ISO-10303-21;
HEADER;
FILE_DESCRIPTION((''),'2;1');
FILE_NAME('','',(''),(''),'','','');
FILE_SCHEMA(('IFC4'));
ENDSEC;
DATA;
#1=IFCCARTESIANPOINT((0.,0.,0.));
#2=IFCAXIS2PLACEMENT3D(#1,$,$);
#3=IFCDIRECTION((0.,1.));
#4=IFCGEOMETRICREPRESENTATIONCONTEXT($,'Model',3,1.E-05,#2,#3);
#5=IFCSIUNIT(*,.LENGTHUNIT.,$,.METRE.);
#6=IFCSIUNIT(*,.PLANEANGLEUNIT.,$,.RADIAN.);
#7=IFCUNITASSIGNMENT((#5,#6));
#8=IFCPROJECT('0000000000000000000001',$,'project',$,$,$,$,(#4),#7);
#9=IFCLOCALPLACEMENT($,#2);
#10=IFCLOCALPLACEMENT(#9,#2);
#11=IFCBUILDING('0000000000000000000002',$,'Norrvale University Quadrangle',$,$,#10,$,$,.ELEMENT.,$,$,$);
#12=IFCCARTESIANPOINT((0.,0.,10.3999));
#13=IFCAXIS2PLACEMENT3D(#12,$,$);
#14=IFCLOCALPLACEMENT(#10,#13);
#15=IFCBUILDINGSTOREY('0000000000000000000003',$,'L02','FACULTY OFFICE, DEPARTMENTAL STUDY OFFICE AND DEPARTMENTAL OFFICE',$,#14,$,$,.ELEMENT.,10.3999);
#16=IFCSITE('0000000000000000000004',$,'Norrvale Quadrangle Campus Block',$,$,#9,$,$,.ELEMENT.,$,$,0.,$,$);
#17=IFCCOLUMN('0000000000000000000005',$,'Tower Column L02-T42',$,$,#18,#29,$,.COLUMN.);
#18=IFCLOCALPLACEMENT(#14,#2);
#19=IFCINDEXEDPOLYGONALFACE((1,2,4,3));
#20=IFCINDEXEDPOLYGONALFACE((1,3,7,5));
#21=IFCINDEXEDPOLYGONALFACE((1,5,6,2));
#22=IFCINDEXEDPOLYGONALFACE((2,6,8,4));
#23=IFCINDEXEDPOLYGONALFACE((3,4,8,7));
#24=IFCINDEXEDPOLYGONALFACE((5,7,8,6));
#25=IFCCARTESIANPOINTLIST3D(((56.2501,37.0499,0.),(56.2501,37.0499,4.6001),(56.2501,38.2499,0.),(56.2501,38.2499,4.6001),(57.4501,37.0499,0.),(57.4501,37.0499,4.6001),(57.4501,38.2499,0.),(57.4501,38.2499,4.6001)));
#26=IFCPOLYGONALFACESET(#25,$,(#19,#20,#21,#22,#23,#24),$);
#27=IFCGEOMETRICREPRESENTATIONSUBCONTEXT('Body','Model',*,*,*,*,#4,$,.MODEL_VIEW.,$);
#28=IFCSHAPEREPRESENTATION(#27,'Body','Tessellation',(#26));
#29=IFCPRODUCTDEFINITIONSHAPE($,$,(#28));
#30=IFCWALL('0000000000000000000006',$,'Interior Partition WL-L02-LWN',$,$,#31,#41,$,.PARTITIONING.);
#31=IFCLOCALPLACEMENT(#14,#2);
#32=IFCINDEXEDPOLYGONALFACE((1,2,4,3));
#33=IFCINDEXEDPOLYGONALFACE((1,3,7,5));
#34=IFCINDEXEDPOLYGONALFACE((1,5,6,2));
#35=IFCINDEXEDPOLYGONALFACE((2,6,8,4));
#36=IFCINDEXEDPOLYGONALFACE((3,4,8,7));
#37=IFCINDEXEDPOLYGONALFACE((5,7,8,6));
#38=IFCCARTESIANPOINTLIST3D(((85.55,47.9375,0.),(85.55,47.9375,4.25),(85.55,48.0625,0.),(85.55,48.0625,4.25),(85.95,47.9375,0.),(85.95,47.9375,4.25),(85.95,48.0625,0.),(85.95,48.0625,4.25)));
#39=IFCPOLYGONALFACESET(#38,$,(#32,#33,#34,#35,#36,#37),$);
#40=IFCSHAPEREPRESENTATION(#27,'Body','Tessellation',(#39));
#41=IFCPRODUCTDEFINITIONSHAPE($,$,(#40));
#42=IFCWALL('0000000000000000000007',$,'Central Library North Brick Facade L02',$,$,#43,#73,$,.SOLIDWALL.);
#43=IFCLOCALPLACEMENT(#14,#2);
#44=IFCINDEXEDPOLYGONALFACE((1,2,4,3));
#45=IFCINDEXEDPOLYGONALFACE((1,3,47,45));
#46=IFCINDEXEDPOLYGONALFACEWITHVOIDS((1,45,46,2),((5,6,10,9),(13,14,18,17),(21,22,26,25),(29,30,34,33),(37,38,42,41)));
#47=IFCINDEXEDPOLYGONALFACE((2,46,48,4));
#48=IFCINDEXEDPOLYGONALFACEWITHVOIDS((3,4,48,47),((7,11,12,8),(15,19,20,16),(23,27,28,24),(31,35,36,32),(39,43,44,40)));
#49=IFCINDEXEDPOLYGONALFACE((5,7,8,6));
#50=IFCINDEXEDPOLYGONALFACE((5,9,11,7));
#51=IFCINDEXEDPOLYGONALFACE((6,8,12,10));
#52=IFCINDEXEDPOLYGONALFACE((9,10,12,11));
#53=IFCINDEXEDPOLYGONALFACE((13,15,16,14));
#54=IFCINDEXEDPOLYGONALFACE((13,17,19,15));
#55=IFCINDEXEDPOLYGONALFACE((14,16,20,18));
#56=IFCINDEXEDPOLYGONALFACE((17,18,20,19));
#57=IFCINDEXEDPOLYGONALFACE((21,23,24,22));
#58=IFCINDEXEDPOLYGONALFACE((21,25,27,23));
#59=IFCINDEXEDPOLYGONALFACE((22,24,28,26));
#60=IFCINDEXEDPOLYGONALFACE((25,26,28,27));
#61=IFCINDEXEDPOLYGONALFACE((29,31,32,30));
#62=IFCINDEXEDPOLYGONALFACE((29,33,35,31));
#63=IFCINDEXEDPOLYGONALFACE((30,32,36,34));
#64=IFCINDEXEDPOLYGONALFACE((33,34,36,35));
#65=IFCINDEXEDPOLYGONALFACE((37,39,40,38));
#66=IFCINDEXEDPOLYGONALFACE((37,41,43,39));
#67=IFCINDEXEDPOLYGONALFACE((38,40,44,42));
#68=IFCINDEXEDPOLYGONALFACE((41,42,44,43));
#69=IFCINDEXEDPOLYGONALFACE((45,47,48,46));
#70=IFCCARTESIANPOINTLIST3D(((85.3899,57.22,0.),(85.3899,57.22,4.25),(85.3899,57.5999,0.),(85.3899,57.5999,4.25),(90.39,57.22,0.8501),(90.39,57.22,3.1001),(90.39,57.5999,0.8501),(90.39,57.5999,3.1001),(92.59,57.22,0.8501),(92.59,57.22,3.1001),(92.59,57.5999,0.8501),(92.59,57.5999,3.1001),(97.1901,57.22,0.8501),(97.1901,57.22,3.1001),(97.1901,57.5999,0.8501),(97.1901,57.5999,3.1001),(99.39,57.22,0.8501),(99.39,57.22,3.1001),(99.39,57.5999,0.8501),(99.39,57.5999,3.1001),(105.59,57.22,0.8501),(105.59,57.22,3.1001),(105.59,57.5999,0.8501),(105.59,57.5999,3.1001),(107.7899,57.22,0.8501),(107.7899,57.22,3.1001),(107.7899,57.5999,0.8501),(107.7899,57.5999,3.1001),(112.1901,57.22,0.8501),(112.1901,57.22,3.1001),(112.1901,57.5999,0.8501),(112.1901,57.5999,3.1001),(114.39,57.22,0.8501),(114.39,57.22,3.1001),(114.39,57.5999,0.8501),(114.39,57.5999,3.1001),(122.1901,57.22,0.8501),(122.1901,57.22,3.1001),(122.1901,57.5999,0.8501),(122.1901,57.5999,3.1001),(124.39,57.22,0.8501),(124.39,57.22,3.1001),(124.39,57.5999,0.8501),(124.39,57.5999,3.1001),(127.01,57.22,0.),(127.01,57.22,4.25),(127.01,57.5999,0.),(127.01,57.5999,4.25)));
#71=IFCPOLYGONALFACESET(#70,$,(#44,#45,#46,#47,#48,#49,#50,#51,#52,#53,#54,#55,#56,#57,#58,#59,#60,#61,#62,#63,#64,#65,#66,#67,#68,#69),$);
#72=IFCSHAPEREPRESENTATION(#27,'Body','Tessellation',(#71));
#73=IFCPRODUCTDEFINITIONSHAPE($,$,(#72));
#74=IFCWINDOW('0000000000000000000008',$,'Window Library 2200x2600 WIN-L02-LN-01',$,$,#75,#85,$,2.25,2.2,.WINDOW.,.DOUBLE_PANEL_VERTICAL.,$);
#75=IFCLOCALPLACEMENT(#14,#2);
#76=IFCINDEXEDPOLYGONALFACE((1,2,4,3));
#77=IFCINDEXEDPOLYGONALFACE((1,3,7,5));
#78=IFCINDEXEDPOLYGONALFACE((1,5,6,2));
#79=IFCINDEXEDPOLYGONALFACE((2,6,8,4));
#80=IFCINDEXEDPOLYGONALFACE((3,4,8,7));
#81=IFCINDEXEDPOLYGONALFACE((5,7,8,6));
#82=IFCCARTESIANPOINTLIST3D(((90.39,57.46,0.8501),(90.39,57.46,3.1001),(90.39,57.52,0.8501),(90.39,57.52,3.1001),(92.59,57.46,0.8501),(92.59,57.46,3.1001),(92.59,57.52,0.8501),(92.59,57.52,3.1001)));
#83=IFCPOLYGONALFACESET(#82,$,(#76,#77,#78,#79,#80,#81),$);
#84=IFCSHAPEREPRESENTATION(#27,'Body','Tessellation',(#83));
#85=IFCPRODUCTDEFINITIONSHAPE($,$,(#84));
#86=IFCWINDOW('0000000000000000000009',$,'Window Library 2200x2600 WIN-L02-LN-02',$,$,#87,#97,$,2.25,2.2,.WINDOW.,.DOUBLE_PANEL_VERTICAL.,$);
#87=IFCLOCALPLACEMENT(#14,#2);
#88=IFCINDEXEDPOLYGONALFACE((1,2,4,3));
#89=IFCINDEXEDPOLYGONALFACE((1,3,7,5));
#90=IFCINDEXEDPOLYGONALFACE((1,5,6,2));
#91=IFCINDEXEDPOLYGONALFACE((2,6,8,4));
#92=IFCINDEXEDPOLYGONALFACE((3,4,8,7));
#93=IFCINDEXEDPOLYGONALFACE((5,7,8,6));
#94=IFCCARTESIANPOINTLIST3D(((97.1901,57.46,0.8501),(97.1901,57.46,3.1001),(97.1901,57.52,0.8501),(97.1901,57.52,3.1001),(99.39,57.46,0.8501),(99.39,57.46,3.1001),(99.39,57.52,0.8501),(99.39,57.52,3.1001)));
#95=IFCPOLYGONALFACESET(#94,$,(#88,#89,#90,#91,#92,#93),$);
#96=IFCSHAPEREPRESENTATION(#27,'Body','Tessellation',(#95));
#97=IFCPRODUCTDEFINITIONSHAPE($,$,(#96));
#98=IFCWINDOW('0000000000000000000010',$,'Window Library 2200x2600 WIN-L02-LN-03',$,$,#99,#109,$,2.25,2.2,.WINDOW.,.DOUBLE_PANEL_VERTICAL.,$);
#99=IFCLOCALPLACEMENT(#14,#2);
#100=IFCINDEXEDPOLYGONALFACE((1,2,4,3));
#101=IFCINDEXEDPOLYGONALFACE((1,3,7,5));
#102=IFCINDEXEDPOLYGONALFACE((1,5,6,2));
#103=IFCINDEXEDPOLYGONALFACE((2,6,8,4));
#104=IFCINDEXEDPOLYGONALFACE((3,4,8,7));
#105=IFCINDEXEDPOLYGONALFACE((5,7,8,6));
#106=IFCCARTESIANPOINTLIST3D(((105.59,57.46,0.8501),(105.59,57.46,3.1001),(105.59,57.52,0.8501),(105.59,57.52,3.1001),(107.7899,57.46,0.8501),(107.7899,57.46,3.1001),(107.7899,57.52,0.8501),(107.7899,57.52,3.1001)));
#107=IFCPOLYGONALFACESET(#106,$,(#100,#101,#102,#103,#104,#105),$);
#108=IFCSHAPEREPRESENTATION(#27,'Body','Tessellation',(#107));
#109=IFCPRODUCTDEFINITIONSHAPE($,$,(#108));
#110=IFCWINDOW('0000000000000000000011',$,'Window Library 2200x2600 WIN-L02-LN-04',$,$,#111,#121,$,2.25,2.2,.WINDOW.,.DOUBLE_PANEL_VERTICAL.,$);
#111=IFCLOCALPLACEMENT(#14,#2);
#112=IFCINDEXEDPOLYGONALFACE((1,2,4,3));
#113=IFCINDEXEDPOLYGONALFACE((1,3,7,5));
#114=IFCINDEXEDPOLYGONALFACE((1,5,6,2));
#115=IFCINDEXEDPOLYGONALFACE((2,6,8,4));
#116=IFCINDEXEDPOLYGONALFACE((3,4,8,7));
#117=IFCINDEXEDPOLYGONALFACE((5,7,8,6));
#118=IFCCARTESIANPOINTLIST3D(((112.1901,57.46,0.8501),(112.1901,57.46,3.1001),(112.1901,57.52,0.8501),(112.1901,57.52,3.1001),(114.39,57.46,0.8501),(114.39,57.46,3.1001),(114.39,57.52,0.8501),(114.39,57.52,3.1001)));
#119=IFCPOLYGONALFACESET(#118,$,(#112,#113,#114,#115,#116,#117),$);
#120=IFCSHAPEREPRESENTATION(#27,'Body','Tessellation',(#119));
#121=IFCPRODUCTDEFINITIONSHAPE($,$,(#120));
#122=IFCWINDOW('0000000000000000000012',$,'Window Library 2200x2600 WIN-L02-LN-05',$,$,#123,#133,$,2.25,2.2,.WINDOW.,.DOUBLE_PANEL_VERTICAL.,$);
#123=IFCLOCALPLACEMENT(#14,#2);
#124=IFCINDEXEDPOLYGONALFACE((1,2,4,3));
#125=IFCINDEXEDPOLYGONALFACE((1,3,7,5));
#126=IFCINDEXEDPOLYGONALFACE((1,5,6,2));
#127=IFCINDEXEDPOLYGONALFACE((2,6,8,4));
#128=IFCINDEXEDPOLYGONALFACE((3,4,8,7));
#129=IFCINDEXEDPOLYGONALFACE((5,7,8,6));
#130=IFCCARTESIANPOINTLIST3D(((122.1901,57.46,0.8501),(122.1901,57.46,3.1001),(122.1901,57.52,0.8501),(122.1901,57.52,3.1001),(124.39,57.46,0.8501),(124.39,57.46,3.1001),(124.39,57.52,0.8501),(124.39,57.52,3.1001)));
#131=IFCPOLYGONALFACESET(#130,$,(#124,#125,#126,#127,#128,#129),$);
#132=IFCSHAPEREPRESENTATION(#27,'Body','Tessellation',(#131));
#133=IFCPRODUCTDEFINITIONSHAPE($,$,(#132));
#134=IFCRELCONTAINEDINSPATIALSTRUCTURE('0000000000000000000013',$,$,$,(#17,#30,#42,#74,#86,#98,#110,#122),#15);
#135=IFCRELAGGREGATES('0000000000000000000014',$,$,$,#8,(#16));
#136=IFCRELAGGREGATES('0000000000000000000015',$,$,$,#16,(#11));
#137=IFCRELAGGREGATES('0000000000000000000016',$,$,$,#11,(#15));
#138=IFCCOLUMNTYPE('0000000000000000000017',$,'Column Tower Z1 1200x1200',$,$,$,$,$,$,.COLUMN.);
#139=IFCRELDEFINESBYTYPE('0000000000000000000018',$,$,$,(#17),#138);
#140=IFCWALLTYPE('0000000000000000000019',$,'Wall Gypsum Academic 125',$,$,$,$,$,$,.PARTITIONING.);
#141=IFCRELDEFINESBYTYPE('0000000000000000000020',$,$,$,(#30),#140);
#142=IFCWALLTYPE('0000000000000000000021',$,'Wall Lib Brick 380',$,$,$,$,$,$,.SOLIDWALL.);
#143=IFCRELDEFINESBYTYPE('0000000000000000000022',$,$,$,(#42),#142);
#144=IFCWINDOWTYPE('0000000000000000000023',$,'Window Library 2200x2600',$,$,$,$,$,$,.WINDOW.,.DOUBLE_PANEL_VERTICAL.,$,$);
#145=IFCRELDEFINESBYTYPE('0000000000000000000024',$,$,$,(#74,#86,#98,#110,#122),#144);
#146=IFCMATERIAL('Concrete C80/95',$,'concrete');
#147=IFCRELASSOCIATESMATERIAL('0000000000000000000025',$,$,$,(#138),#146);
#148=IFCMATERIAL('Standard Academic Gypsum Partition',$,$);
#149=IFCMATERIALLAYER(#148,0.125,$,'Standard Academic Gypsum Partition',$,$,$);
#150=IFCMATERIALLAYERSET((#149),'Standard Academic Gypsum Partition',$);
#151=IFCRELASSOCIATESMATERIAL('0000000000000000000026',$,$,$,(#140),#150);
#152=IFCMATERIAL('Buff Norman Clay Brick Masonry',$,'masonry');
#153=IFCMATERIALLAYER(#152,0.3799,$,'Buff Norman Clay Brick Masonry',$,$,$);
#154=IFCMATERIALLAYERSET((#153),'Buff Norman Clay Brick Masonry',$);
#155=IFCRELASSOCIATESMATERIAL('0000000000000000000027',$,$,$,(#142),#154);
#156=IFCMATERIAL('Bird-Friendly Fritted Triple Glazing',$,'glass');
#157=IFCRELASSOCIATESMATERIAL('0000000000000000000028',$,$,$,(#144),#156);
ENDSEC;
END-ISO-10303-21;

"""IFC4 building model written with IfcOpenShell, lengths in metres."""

from ifc_helpers import new_model, si_unit, direction, frame, frame_2d, origin, origin_2d, place, context, subcontext, project, spatial, rectangle, extrude, material, layer, layer_set, material_profile, profile_set, type_object, element, fill, save


model = new_model("IFC4")

# Units and contexts
model_context = context("Model", 3, precision=1e-05, world=origin(), true_north=direction((0.0, 1.0)))
body_context = subcontext(model_context, "Body", "Model", "MODEL_VIEW")
ifc_project = project(units=[si_unit("LENGTHUNIT", "METRE"), si_unit("PLANEANGLEUNIT", "RADIAN")], contexts=[model_context])

# Site, building, storey
site_placement = place(None, origin())
site = spatial("IfcSite", under=ifc_project, at=site_placement, Name="Norrvale Quadrangle Campus Block", CompositionType="ELEMENT", RefElevation=0.0)
building_placement = place(site_placement, origin())
building = spatial("IfcBuilding", under=site, at=building_placement, Name="Norrvale University Quadrangle", CompositionType="ELEMENT")
storey_placement = place(building_placement, frame((0.0, 0.0, 10.3999)))
storey = spatial("IfcBuildingStorey", under=building, at=storey_placement, Name="L02", Description="FACULTY OFFICE, DEPARTMENTAL STUDY OFFICE AND DEPARTMENTAL OFFICE", CompositionType="ELEMENT", Elevation=10.3999)

# Column
ifc_material_1 = material(Name="Concrete C80/95", Category="concrete")
ifc_material_profile_1 = material_profile(ifc_material_1, rectangle(XDim=1.2, YDim=1.2, at=origin_2d()), Name="Concrete C80/95")
ifc_profile_set_1 = profile_set([ifc_material_profile_1], Name="Concrete C80/95")
column_type = type_object("IfcColumnType", Name="Column Tower Z1 1200x1200", PredefinedType="COLUMN", material=ifc_profile_set_1)
column_placement = place(storey_placement, frame((56.8501, 37.6499, 0.0), z_axis=(0.0, 0.0, 1.0), x_axis=(1.0, 0.0, 0.0)))
element("IfcColumn", 1, at=column_placement, inside=storey, type_object=column_type, Name="Tower Column L02-T42", PredefinedType="COLUMN", context=body_context, shape_type="SweptSolid", body=[
    extrude(rectangle(XDim=1.2, YDim=1.2, at=origin_2d()), origin(), (0.0, 0.0, 1.0), 4.6001),
])

# Shared definitions
ifc_material_2 = material(Name="Bird-Friendly Fritted Triple Glazing", Category="glass")

# Wall
ifc_material_3 = material(Name="Standard Academic Gypsum Partition")
ifc_layer_1 = layer(ifc_material_3, 0.125, Name="Standard Academic Gypsum Partition")
ifc_layer_set_1 = layer_set([ifc_layer_1], Name="Standard Academic Gypsum Partition")
wall_type_1 = type_object("IfcWallType", Name="Wall Gypsum Academic 125", PredefinedType="PARTITIONING", material=ifc_layer_set_1)
wall_1_placement = place(storey_placement, frame((85.55, 48.0, 0.0), z_axis=(0.0, 0.0, 1.0), x_axis=(1.0, 0.0, 0.0)))
element("IfcWall", 2, at=wall_1_placement, inside=storey, type_object=wall_type_1, Name="Interior Partition WL-L02-LWN", PredefinedType="PARTITIONING", context=body_context, shape_type="SweptSolid", body=[
    extrude(rectangle(XDim=0.3999, YDim=0.125, at=frame_2d((0.2, 0.0))), origin(), (0.0, 0.0, 1.0), 4.25),
])

# Wall, openings, windows
ifc_material_4 = material(Name="Buff Norman Clay Brick Masonry", Category="masonry")
ifc_layer_2 = layer(ifc_material_4, 0.3799, Name="Buff Norman Clay Brick Masonry")
ifc_layer_set_2 = layer_set([ifc_layer_2], Name="Buff Norman Clay Brick Masonry")
wall_type_2 = type_object("IfcWallType", Name="Wall Lib Brick 380", PredefinedType="SOLIDWALL", material=ifc_layer_set_2)
wall_2_placement = place(storey_placement, frame((85.3899, 57.4099, 0.0), z_axis=(0.0, 0.0, 1.0), x_axis=(1.0, 0.0, 0.0)))
wall_2 = element("IfcWall", 3, at=wall_2_placement, inside=storey, type_object=wall_type_2, Name="Central Library North Brick Facade L02", PredefinedType="SOLIDWALL", context=body_context, shape_type="SweptSolid", body=[
    extrude(rectangle(XDim=41.6201, YDim=0.3799, at=frame_2d((20.8101, 0.0))), origin(), (0.0, 0.0, 1.0), 4.25),
])
opening_1_placement = place(wall_2_placement, frame((5.0, 0.0, 0.8501)))
opening_1 = element("IfcOpeningElement", 4, at=opening_1_placement, cuts=wall_2, PredefinedType="OPENING", context=body_context, shape_type="SweptSolid", body=[
    extrude(rectangle(XDim=2.2, YDim=2.25, at=frame_2d((1.1001, 1.125))), frame((0.0, 0.2019, 0.0), z_axis=(0.0, -1.0, 0.0), x_axis=(1.0, 0.0, 0.0)), (0.0, 0.0, 1.0), 0.4038),
])
opening_2_placement = place(wall_2_placement, frame((11.8, 0.0, 0.8501)))
opening_2 = element("IfcOpeningElement", 5, at=opening_2_placement, cuts=wall_2, PredefinedType="OPENING", context=body_context, shape_type="SweptSolid", body=[
    extrude(rectangle(XDim=2.2, YDim=2.25, at=frame_2d((1.1001, 1.125))), frame((0.0, 0.2019, 0.0), z_axis=(0.0, -1.0, 0.0), x_axis=(1.0, 0.0, 0.0)), (0.0, 0.0, 1.0), 0.4038),
])
opening_3_placement = place(wall_2_placement, frame((20.2, 0.0, 0.8501)))
opening_3 = element("IfcOpeningElement", 6, at=opening_3_placement, cuts=wall_2, PredefinedType="OPENING", context=body_context, shape_type="SweptSolid", body=[
    extrude(rectangle(XDim=2.2, YDim=2.25, at=frame_2d((1.1001, 1.125))), frame((0.0, 0.2019, 0.0), z_axis=(0.0, -1.0, 0.0), x_axis=(1.0, 0.0, 0.0)), (0.0, 0.0, 1.0), 0.4038),
])
opening_4_placement = place(wall_2_placement, frame((26.8, 0.0, 0.8501)))
opening_4 = element("IfcOpeningElement", 7, at=opening_4_placement, cuts=wall_2, PredefinedType="OPENING", context=body_context, shape_type="SweptSolid", body=[
    extrude(rectangle(XDim=2.2, YDim=2.25, at=frame_2d((1.1001, 1.125))), frame((0.0, 0.2019, 0.0), z_axis=(0.0, -1.0, 0.0), x_axis=(1.0, 0.0, 0.0)), (0.0, 0.0, 1.0), 0.4038),
])
opening_5_placement = place(wall_2_placement, frame((36.8, 0.0, 0.8501)))
opening_5 = element("IfcOpeningElement", 8, at=opening_5_placement, cuts=wall_2, PredefinedType="OPENING", context=body_context, shape_type="SweptSolid", body=[
    extrude(rectangle(XDim=2.2, YDim=2.25, at=frame_2d((1.1001, 1.125))), frame((0.0, 0.2019, 0.0), z_axis=(0.0, -1.0, 0.0), x_axis=(1.0, 0.0, 0.0)), (0.0, 0.0, 1.0), 0.4038),
])
window_type = type_object("IfcWindowType", Name="Window Library 2200x2600", PartitioningType="DOUBLE_PANEL_VERTICAL", PredefinedType="WINDOW", material=ifc_material_2)
window_1_placement = place(opening_1_placement, origin())
window_1 = element("IfcWindow", 9, at=window_1_placement, inside=storey, type_object=window_type, Name="Window Library 2200x2600 WIN-L02-LN-01", OverallHeight=2.25, OverallWidth=2.2, PartitioningType="DOUBLE_PANEL_VERTICAL", PredefinedType="WINDOW", context=body_context, shape_type="SweptSolid", body=[
    extrude(rectangle(XDim=2.2, YDim=2.25, at=frame_2d((1.1001, 1.125))), frame((0.0, 0.1101, 0.0), z_axis=(0.0, -1.0, 0.0), x_axis=(1.0, 0.0, 0.0)), (0.0, 0.0, 1.0), 0.0601),
])
fill(opening_1, window_1)
window_2_placement = place(opening_2_placement, origin())
window_2 = element("IfcWindow", 10, at=window_2_placement, inside=storey, type_object=window_type, Name="Window Library 2200x2600 WIN-L02-LN-02", OverallHeight=2.25, OverallWidth=2.2, PartitioningType="DOUBLE_PANEL_VERTICAL", PredefinedType="WINDOW", context=body_context, shape_type="SweptSolid", body=[
    extrude(rectangle(XDim=2.2, YDim=2.25, at=frame_2d((1.1001, 1.125))), frame((0.0, 0.1101, 0.0), z_axis=(0.0, -1.0, 0.0), x_axis=(1.0, 0.0, 0.0)), (0.0, 0.0, 1.0), 0.0601),
])
fill(opening_2, window_2)
window_3_placement = place(opening_3_placement, origin())
window_3 = element("IfcWindow", 11, at=window_3_placement, inside=storey, type_object=window_type, Name="Window Library 2200x2600 WIN-L02-LN-03", OverallHeight=2.25, OverallWidth=2.2, PartitioningType="DOUBLE_PANEL_VERTICAL", PredefinedType="WINDOW", context=body_context, shape_type="SweptSolid", body=[
    extrude(rectangle(XDim=2.2, YDim=2.25, at=frame_2d((1.1001, 1.125))), frame((0.0, 0.1101, 0.0), z_axis=(0.0, -1.0, 0.0), x_axis=(1.0, 0.0, 0.0)), (0.0, 0.0, 1.0), 0.0601),
])
fill(opening_3, window_3)
window_4_placement = place(opening_4_placement, origin())
window_4 = element("IfcWindow", 12, at=window_4_placement, inside=storey, type_object=window_type, Name="Window Library 2200x2600 WIN-L02-LN-04", OverallHeight=2.25, OverallWidth=2.2, PartitioningType="DOUBLE_PANEL_VERTICAL", PredefinedType="WINDOW", context=body_context, shape_type="SweptSolid", body=[
    extrude(rectangle(XDim=2.2, YDim=2.25, at=frame_2d((1.1001, 1.125))), frame((0.0, 0.1101, 0.0), z_axis=(0.0, -1.0, 0.0), x_axis=(1.0, 0.0, 0.0)), (0.0, 0.0, 1.0), 0.0601),
])
fill(opening_4, window_4)
window_5_placement = place(opening_5_placement, origin())
window_5 = element("IfcWindow", 13, at=window_5_placement, inside=storey, type_object=window_type, Name="Window Library 2200x2600 WIN-L02-LN-05", OverallHeight=2.25, OverallWidth=2.2, PartitioningType="DOUBLE_PANEL_VERTICAL", PredefinedType="WINDOW", context=body_context, shape_type="SweptSolid", body=[
    extrude(rectangle(XDim=2.2, YDim=2.25, at=frame_2d((1.1001, 1.125))), frame((0.0, 0.1101, 0.0), z_axis=(0.0, -1.0, 0.0), x_axis=(1.0, 0.0, 0.0)), (0.0, 0.0, 1.0), 0.0601),
])
fill(opening_5, window_5)

save(model, "model.ifc")
